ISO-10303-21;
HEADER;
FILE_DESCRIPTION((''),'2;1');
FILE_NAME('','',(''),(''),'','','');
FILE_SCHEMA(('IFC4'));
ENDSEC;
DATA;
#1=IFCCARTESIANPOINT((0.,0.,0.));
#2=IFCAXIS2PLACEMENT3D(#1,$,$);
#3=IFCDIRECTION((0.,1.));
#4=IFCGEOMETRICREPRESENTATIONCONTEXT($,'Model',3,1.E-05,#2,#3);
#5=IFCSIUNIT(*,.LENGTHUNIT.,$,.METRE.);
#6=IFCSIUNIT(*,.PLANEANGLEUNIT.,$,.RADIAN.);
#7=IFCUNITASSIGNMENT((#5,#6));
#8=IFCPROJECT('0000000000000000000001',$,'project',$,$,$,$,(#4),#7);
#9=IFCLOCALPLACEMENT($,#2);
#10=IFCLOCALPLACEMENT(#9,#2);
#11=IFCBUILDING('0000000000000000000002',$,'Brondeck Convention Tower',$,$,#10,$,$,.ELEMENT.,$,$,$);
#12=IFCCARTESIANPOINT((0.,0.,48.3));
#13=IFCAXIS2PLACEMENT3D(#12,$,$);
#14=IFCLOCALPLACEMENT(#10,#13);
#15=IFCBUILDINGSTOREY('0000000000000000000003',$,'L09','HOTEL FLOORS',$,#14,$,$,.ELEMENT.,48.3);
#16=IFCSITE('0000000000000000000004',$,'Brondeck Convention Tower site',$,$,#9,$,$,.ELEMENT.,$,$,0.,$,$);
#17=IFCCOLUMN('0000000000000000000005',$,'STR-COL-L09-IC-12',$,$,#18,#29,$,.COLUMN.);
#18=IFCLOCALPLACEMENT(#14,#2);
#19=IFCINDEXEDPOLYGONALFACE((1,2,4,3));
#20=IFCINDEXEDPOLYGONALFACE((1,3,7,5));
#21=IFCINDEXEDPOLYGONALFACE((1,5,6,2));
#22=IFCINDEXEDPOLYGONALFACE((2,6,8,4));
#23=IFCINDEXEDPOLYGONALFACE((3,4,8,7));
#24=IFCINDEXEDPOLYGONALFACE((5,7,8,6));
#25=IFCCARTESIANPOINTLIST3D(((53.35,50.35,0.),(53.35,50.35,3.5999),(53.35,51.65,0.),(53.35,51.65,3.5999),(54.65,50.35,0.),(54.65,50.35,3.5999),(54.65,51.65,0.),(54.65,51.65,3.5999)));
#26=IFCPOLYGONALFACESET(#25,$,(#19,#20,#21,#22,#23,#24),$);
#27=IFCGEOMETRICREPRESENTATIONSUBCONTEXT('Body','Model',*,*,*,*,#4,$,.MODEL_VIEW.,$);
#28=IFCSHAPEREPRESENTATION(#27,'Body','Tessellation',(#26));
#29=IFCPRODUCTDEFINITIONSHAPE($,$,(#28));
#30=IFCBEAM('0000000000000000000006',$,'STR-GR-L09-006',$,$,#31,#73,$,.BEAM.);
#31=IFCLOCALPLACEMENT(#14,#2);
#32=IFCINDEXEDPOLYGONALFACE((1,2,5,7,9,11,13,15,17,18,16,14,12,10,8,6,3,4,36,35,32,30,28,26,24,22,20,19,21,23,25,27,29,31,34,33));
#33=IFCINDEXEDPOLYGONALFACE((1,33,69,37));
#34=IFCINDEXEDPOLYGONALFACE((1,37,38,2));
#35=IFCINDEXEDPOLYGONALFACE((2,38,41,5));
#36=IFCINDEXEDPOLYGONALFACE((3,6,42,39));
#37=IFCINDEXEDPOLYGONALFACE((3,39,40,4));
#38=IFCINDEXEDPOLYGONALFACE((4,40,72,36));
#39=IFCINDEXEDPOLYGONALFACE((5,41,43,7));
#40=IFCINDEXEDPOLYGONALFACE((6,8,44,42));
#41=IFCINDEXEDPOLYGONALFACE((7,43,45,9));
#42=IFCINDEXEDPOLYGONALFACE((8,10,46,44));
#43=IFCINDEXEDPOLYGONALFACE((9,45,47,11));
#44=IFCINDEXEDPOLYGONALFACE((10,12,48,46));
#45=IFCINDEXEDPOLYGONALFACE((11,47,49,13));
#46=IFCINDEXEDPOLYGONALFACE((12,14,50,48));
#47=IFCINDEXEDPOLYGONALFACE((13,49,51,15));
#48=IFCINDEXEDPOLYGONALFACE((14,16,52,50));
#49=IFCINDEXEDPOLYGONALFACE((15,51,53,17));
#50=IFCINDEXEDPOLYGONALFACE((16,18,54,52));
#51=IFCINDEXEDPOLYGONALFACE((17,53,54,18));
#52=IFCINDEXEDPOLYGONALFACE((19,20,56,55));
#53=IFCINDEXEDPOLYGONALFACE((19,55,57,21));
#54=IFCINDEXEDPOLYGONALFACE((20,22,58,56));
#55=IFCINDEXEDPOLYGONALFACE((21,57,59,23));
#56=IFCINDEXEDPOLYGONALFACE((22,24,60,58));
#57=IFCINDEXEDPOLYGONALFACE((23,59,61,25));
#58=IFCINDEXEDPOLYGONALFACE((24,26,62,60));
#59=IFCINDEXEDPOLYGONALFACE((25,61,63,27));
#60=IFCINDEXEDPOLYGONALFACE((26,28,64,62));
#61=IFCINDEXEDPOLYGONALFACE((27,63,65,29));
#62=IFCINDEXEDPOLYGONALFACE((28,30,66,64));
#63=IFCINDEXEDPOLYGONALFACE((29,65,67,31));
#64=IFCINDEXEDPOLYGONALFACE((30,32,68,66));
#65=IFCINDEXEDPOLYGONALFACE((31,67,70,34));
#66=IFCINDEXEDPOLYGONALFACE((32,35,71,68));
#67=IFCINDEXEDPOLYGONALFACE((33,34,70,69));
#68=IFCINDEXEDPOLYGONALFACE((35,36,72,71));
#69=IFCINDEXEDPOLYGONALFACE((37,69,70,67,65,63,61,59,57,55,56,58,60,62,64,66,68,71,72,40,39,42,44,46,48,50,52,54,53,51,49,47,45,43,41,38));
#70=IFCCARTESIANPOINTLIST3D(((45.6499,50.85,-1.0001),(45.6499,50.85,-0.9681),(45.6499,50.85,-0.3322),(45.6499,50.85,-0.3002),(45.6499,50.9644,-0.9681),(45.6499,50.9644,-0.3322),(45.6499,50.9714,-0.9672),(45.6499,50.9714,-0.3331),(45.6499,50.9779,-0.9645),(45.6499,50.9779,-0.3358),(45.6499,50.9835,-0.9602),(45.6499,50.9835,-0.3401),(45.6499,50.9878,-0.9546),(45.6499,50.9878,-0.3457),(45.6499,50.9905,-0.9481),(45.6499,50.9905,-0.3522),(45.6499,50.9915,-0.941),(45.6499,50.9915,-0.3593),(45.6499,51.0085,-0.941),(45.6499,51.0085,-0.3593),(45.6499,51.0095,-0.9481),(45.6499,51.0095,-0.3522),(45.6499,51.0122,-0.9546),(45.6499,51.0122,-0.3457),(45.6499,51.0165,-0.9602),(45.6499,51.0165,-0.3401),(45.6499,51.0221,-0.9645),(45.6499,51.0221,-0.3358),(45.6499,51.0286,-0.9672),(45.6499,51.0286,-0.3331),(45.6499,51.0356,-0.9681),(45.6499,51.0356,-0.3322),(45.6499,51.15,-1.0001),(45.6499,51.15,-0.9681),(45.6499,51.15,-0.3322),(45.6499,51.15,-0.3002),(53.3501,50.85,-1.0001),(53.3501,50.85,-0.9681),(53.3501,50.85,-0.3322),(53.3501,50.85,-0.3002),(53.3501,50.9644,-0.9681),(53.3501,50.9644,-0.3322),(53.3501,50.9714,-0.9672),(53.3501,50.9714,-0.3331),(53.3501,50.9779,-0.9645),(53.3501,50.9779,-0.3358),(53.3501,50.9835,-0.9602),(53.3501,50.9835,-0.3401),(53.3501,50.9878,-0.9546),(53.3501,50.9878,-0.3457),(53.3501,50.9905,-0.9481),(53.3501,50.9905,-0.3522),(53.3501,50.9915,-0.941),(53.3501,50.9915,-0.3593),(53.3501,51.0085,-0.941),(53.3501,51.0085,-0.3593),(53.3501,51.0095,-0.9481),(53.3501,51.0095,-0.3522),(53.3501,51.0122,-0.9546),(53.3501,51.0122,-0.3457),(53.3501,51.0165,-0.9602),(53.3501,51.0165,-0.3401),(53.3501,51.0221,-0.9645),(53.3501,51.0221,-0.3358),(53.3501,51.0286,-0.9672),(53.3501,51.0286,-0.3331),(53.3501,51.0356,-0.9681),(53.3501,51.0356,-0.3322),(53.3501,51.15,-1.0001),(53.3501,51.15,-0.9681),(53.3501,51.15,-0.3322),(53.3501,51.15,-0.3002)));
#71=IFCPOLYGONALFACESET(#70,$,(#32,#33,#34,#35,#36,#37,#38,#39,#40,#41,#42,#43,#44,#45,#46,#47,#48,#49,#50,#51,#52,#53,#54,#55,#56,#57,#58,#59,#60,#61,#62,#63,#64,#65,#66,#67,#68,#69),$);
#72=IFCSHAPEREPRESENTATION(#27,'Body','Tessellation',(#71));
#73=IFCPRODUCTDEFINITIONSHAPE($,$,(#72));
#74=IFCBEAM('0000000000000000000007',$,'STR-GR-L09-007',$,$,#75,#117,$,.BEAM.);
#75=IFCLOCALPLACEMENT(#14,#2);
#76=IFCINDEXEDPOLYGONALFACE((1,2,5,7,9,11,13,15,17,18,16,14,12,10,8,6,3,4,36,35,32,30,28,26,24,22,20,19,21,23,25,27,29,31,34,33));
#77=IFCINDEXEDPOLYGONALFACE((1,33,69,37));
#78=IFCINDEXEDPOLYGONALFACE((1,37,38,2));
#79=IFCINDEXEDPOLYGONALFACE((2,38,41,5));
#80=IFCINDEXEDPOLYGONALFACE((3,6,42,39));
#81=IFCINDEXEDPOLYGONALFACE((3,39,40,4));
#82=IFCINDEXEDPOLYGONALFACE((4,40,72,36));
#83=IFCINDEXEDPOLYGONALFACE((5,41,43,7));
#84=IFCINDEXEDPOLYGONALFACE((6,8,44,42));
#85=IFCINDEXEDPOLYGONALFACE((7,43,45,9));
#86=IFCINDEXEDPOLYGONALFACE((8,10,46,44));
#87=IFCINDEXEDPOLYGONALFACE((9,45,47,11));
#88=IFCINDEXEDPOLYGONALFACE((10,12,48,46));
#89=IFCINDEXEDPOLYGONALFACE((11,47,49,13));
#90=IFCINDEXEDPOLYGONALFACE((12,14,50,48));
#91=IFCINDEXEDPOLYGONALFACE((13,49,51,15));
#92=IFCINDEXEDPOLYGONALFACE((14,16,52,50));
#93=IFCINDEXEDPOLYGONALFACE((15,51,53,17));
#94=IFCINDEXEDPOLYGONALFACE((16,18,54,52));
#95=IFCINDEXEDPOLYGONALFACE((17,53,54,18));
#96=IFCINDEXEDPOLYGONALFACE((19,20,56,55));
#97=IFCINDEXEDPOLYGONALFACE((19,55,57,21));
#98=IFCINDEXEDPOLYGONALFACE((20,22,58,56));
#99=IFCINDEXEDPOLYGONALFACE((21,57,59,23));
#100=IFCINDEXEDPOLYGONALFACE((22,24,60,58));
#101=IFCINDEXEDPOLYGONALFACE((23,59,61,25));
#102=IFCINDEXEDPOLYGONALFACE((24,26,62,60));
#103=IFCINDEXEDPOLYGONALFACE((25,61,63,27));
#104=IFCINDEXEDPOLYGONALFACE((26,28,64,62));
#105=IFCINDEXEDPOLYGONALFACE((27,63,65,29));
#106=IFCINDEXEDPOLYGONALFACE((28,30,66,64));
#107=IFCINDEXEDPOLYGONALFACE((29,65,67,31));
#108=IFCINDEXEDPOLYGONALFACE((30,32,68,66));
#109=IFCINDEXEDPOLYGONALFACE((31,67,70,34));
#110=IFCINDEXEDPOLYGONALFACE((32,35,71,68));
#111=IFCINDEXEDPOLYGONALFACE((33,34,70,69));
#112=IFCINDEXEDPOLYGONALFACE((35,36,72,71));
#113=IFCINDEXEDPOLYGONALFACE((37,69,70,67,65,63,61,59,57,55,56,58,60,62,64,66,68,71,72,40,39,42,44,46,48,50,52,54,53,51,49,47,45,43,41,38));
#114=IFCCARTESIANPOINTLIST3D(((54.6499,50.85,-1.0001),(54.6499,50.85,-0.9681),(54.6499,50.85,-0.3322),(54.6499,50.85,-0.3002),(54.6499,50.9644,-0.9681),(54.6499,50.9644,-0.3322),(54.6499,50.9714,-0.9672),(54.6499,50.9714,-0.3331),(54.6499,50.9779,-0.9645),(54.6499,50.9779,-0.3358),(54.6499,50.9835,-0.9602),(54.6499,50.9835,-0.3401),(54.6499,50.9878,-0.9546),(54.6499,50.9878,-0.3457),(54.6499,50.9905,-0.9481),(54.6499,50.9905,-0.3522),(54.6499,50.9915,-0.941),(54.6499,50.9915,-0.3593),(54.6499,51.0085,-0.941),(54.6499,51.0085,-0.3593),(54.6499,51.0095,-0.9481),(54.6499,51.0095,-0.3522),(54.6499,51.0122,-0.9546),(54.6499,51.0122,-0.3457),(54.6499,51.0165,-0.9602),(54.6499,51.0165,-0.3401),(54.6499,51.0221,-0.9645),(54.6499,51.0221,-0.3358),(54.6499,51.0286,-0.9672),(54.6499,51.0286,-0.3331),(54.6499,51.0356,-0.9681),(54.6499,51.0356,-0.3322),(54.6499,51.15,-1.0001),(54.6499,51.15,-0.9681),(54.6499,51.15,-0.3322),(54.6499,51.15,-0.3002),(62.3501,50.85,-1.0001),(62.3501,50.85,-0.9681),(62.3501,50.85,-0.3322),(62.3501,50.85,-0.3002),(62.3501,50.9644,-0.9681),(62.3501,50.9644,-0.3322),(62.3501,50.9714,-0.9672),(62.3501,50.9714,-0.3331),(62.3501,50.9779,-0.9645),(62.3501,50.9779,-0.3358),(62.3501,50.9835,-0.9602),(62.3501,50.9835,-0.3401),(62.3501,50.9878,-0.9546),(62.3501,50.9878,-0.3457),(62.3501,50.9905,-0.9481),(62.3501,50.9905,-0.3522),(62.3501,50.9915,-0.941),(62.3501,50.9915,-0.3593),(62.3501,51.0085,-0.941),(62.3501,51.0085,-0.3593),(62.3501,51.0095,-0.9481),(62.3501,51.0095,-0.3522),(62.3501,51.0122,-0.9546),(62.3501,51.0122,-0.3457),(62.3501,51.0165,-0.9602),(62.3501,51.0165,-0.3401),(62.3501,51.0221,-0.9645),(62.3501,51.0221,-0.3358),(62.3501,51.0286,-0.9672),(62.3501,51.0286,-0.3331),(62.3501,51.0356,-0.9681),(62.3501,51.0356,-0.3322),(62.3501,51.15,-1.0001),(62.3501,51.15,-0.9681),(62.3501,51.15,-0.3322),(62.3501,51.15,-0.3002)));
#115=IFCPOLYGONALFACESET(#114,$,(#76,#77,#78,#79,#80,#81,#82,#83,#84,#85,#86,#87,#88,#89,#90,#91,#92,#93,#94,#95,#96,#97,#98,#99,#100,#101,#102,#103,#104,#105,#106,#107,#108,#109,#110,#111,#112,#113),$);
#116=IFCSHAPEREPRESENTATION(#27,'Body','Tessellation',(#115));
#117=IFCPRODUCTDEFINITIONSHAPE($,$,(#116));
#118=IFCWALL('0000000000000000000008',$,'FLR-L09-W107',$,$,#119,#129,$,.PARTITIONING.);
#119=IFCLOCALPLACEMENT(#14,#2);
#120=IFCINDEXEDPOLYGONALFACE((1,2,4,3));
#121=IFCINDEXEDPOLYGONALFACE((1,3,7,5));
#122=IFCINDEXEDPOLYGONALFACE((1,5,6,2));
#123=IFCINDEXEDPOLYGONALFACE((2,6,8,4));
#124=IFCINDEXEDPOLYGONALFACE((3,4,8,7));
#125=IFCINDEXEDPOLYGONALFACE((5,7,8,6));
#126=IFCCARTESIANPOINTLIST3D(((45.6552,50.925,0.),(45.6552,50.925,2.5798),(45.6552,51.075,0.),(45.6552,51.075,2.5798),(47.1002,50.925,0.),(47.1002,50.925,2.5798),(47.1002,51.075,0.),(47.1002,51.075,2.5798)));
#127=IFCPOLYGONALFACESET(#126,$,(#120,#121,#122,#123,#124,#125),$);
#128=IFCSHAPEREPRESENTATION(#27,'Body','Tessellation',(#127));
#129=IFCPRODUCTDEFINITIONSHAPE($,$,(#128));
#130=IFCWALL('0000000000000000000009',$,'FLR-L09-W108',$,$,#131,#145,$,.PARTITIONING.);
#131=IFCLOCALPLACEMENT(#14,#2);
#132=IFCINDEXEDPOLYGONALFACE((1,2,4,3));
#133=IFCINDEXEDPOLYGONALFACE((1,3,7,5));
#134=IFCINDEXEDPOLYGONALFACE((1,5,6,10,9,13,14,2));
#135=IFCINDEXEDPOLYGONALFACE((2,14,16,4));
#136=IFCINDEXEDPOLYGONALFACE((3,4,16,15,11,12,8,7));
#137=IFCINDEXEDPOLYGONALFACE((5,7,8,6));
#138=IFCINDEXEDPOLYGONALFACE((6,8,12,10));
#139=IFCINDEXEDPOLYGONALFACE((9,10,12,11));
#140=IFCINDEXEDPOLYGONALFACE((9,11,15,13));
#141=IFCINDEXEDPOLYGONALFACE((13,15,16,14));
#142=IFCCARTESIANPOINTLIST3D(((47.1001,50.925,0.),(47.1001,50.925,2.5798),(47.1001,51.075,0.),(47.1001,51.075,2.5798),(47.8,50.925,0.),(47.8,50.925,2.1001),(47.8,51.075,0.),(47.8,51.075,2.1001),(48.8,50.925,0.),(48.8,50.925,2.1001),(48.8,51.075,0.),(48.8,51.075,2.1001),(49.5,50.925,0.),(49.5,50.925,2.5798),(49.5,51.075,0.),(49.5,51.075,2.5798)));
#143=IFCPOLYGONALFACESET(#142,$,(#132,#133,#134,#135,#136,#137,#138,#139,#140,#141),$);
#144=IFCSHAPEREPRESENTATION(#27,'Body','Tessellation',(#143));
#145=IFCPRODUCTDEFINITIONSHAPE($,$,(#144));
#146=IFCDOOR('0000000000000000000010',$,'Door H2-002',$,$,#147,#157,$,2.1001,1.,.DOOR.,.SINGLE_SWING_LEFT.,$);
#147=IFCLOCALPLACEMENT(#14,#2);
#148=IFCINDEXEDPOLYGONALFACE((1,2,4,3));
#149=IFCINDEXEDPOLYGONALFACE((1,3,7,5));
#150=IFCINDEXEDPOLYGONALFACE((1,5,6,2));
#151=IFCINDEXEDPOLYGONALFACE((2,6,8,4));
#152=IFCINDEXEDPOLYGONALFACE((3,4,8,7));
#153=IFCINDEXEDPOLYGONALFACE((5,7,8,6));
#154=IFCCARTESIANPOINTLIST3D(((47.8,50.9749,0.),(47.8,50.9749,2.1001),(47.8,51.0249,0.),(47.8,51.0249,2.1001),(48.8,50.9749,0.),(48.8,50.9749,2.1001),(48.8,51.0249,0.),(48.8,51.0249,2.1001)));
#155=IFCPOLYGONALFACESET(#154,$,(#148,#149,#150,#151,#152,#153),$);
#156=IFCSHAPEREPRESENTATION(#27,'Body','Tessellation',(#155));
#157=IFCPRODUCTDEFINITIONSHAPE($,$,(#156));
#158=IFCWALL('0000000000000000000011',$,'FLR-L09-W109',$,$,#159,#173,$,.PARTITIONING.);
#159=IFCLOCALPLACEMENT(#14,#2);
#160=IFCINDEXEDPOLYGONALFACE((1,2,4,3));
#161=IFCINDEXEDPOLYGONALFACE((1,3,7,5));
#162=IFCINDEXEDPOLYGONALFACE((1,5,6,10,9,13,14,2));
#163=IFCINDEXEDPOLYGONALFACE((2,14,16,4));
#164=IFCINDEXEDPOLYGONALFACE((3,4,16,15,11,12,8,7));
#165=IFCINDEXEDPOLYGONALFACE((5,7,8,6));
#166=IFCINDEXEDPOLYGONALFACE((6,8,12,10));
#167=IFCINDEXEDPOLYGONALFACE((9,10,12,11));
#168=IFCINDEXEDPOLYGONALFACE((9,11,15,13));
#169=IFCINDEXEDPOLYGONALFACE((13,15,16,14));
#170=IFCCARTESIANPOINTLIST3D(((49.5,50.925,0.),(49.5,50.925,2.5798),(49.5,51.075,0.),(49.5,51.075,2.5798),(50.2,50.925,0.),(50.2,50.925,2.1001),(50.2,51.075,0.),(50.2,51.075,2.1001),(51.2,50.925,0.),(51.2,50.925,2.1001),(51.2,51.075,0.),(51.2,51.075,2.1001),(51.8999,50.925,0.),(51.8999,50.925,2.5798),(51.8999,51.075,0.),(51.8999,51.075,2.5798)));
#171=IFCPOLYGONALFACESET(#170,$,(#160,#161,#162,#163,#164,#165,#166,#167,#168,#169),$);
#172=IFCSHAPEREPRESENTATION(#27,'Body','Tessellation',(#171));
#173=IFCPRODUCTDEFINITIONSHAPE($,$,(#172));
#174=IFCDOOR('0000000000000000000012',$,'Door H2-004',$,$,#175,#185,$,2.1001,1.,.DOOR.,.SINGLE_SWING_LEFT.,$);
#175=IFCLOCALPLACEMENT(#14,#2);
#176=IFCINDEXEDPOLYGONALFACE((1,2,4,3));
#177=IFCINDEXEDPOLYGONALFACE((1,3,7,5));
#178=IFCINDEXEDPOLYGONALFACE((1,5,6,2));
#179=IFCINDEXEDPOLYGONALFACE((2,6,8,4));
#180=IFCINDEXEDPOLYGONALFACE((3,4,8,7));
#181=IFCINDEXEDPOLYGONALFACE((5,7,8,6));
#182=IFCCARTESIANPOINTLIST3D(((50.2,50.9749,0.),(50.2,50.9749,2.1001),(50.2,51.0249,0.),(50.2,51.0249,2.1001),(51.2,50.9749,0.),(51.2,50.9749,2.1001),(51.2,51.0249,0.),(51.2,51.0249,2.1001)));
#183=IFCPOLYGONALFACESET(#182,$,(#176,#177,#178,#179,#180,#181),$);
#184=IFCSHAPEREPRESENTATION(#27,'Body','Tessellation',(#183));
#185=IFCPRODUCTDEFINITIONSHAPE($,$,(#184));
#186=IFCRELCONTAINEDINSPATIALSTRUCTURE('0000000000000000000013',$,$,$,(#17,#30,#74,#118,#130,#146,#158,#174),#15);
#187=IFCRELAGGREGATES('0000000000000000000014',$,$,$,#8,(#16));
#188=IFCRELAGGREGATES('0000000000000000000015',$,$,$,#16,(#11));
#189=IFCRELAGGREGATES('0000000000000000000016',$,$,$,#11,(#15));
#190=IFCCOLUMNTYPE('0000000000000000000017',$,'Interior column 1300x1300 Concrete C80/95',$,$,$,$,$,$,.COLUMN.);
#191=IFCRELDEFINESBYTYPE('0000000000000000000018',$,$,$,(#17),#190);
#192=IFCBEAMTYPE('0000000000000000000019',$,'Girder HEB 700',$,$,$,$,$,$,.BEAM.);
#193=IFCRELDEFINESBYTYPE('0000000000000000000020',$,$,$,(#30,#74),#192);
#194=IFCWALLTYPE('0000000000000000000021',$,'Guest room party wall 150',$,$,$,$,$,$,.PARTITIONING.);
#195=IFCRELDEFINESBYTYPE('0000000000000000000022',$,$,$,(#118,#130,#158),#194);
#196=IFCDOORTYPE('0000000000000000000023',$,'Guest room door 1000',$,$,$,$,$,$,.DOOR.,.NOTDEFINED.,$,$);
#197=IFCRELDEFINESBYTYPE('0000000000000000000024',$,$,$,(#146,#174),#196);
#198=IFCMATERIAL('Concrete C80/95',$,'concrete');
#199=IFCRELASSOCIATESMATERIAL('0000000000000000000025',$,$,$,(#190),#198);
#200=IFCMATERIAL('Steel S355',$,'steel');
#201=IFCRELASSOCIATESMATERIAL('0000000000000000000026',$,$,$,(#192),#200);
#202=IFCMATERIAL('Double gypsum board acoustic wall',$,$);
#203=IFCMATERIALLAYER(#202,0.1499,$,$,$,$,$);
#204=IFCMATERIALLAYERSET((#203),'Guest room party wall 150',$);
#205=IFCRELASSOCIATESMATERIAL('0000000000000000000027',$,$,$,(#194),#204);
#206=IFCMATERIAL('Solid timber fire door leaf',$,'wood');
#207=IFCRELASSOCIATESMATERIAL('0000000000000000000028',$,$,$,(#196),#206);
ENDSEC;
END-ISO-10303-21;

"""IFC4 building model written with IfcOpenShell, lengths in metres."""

from ifc_helpers import new_model, si_unit, direction, frame, frame_2d, origin, origin_2d, place, context, subcontext, project, spatial, rectangle, i_section, extrude, material, layer, layer_set, material_profile, profile_set, type_object, element, fill, save


model = new_model("IFC4")

# Units and contexts
model_context = context("Model", 3, precision=1e-05, world=origin(), true_north=direction((0.0, 1.0)))
body_context = subcontext(model_context, "Body", "Model", "MODEL_VIEW")
ifc_project = project(units=[si_unit("LENGTHUNIT", "METRE"), si_unit("PLANEANGLEUNIT", "RADIAN")], contexts=[model_context])

# Site, building, storey
site_placement = place(None, origin())
site = spatial("IfcSite", under=ifc_project, at=site_placement, Name="Brondeck Convention Tower site", CompositionType="ELEMENT", RefElevation=0.0)
building_placement = place(site_placement, origin())
building = spatial("IfcBuilding", under=site, at=building_placement, Name="Brondeck Convention Tower", CompositionType="ELEMENT")
storey_placement = place(building_placement, frame((0.0, 0.0, 48.3)))
storey = spatial("IfcBuildingStorey", under=building, at=storey_placement, Name="L09", Description="HOTEL FLOORS", CompositionType="ELEMENT", Elevation=48.3)

# Column
ifc_material_1 = material(Name="Concrete C80/95", Category="concrete")
ifc_material_profile_1 = material_profile(ifc_material_1, rectangle(XDim=1.3, YDim=1.3, at=origin_2d()), Name="Interior column 1300x1300 Concrete C80/95")
ifc_profile_set_1 = profile_set([ifc_material_profile_1], Name="Concrete C80/95")
column_type = type_object("IfcColumnType", Name="Interior column 1300x1300 Concrete C80/95", PredefinedType="COLUMN", material=ifc_profile_set_1)
column_placement = place(storey_placement, frame((54.0, 51.0, 0.0), z_axis=(0.0, 0.0, 1.0), x_axis=(1.0, 0.0, 0.0)))
element("IfcColumn", 1, at=column_placement, inside=storey, type_object=column_type, Name="STR-COL-L09-IC-12", PredefinedType="COLUMN", context=body_context, shape_type="SweptSolid", body=[
    extrude(rectangle(XDim=1.3, YDim=1.3, at=origin_2d()), origin(), (0.0, 0.0, 1.0), 3.5999),
])

# Beams
ifc_material_2 = material(Name="Steel S355", Category="steel")
ifc_material_profile_2 = material_profile(ifc_material_2, i_section(OverallWidth=0.3, OverallDepth=0.7, WebThickness=0.0171, FlangeThickness=0.032, FilletRadius=0.0271, at=origin_2d()), Name="HEB 700")
ifc_profile_set_2 = profile_set([ifc_material_profile_2], Name="Steel S355")
beam_type = type_object("IfcBeamType", Name="Girder HEB 700", PredefinedType="BEAM", material=ifc_profile_set_2)
for number, where, z_axis, x_axis, name in (
    (2, (45.6499, 51.0, -0.6501), (1.0, 0.0, 0.0), (0.0, 1.0, 0.0), "STR-GR-L09-006"),
    (3, (54.6499, 51.0, -0.6501), (1.0, 0.0, 0.0), (0.0, 1.0, 0.0), "STR-GR-L09-007"),
):
    element("IfcBeam", number, at=place(storey_placement, frame(where, z_axis=z_axis, x_axis=x_axis)), inside=storey, type_object=beam_type, Name=name, PredefinedType="BEAM", context=body_context, shape_type="SweptSolid", body=[
        extrude(i_section(OverallWidth=0.3, OverallDepth=0.7, WebThickness=0.0171, FlangeThickness=0.032, FilletRadius=0.0271, at=origin_2d()), origin(), (0.0, 0.0, 1.0), 7.7002),
    ])

# Wall
ifc_material_3 = material(Name="Double gypsum board acoustic wall")
ifc_layer_1 = layer(ifc_material_3, 0.1499)
ifc_layer_set_1 = layer_set([ifc_layer_1], Name="Guest room party wall 150")
wall_type_1 = type_object("IfcWallType", Name="Guest room party wall 150", PredefinedType="PARTITIONING", material=ifc_layer_set_1)
wall_1_placement = place(storey_placement, frame((45.655, 51.0, 0.0), z_axis=(0.0, 0.0, 1.0), x_axis=(1.0, 0.0, 0.0)))
element("IfcWall", 4, at=wall_1_placement, inside=storey, type_object=wall_type_1, Name="FLR-L09-W107", PredefinedType="PARTITIONING", context=body_context, shape_type="SweptSolid", body=[
    extrude(rectangle(XDim=1.4451, YDim=0.1499, at=frame_2d((0.7227, 0.0))), origin(), (0.0, 0.0, 1.0), 2.5798),
])

# Walls, openings, doors
wall_2_placement = place(storey_placement, frame((47.1001, 51.0, 0.0), z_axis=(0.0, 0.0, 1.0), x_axis=(1.0, 0.0, 0.0)))
wall_2 = element("IfcWall", 5, at=wall_2_placement, inside=storey, type_object=wall_type_1, Name="FLR-L09-W108", PredefinedType="PARTITIONING", context=body_context, shape_type="SweptSolid", body=[
    extrude(rectangle(XDim=2.3999, YDim=0.1499, at=frame_2d((1.2, 0.0))), origin(), (0.0, 0.0, 1.0), 2.5798),
])
opening_1_placement = place(wall_2_placement, frame((0.7, 0.0, 0.0)))
opening_1 = element("IfcOpeningElement", 6, at=opening_1_placement, cuts=wall_2, PredefinedType="OPENING", context=body_context, shape_type="SweptSolid", body=[
    extrude(rectangle(XDim=1.0, YDim=2.1001, at=frame_2d((0.5, 1.05))), frame((0.0, 0.085, 0.0), z_axis=(0.0, -1.0, 0.0), x_axis=(1.0, 0.0, 0.0)), (0.0, 0.0, 1.0), 0.1699),
])
ifc_material_4 = material(Name="Solid timber fire door leaf", Category="wood")
door_type = type_object("IfcDoorType", Name="Guest room door 1000", OperationType="NOTDEFINED", PredefinedType="DOOR", material=ifc_material_4)
door_1_placement = place(opening_1_placement, origin())
door_1 = element("IfcDoor", 7, at=door_1_placement, inside=storey, type_object=door_type, Name="Door H2-002", OperationType="SINGLE_SWING_LEFT", OverallHeight=2.1001, OverallWidth=1.0, PredefinedType="DOOR", context=body_context, shape_type="SweptSolid", body=[
    extrude(rectangle(XDim=1.0, YDim=2.1001, at=frame_2d((0.5, 1.05))), frame((0.0, 0.0249, 0.0), z_axis=(0.0, -1.0, 0.0), x_axis=(1.0, 0.0, 0.0)), (0.0, 0.0, 1.0), 0.05),
])
fill(opening_1, door_1)
wall_3_placement = place(storey_placement, frame((49.5, 51.0, 0.0), z_axis=(0.0, 0.0, 1.0), x_axis=(1.0, 0.0, 0.0)))
wall_3 = element("IfcWall", 8, at=wall_3_placement, inside=storey, type_object=wall_type_1, Name="FLR-L09-W109", PredefinedType="PARTITIONING", context=body_context, shape_type="SweptSolid", body=[
    extrude(rectangle(XDim=2.3999, YDim=0.1499, at=frame_2d((1.2, 0.0))), origin(), (0.0, 0.0, 1.0), 2.5798),
])
opening_2_placement = place(wall_3_placement, frame((0.7, 0.0, 0.0)))
opening_2 = element("IfcOpeningElement", 9, at=opening_2_placement, cuts=wall_3, PredefinedType="OPENING", context=body_context, shape_type="SweptSolid", body=[
    extrude(rectangle(XDim=1.0, YDim=2.1001, at=frame_2d((0.5, 1.05))), frame((0.0, 0.085, 0.0), z_axis=(0.0, -1.0, 0.0), x_axis=(1.0, 0.0, 0.0)), (0.0, 0.0, 1.0), 0.1699),
])
door_2_placement = place(opening_2_placement, origin())
door_2 = element("IfcDoor", 10, at=door_2_placement, inside=storey, type_object=door_type, Name="Door H2-004", OperationType="SINGLE_SWING_LEFT", OverallHeight=2.1001, OverallWidth=1.0, PredefinedType="DOOR", context=body_context, shape_type="SweptSolid", body=[
    extrude(rectangle(XDim=1.0, YDim=2.1001, at=frame_2d((0.5, 1.05))), frame((0.0, 0.0249, 0.0), z_axis=(0.0, -1.0, 0.0), x_axis=(1.0, 0.0, 0.0)), (0.0, 0.0, 1.0), 0.05),
])
fill(opening_2, door_2)

save(model, "model.ifc")
